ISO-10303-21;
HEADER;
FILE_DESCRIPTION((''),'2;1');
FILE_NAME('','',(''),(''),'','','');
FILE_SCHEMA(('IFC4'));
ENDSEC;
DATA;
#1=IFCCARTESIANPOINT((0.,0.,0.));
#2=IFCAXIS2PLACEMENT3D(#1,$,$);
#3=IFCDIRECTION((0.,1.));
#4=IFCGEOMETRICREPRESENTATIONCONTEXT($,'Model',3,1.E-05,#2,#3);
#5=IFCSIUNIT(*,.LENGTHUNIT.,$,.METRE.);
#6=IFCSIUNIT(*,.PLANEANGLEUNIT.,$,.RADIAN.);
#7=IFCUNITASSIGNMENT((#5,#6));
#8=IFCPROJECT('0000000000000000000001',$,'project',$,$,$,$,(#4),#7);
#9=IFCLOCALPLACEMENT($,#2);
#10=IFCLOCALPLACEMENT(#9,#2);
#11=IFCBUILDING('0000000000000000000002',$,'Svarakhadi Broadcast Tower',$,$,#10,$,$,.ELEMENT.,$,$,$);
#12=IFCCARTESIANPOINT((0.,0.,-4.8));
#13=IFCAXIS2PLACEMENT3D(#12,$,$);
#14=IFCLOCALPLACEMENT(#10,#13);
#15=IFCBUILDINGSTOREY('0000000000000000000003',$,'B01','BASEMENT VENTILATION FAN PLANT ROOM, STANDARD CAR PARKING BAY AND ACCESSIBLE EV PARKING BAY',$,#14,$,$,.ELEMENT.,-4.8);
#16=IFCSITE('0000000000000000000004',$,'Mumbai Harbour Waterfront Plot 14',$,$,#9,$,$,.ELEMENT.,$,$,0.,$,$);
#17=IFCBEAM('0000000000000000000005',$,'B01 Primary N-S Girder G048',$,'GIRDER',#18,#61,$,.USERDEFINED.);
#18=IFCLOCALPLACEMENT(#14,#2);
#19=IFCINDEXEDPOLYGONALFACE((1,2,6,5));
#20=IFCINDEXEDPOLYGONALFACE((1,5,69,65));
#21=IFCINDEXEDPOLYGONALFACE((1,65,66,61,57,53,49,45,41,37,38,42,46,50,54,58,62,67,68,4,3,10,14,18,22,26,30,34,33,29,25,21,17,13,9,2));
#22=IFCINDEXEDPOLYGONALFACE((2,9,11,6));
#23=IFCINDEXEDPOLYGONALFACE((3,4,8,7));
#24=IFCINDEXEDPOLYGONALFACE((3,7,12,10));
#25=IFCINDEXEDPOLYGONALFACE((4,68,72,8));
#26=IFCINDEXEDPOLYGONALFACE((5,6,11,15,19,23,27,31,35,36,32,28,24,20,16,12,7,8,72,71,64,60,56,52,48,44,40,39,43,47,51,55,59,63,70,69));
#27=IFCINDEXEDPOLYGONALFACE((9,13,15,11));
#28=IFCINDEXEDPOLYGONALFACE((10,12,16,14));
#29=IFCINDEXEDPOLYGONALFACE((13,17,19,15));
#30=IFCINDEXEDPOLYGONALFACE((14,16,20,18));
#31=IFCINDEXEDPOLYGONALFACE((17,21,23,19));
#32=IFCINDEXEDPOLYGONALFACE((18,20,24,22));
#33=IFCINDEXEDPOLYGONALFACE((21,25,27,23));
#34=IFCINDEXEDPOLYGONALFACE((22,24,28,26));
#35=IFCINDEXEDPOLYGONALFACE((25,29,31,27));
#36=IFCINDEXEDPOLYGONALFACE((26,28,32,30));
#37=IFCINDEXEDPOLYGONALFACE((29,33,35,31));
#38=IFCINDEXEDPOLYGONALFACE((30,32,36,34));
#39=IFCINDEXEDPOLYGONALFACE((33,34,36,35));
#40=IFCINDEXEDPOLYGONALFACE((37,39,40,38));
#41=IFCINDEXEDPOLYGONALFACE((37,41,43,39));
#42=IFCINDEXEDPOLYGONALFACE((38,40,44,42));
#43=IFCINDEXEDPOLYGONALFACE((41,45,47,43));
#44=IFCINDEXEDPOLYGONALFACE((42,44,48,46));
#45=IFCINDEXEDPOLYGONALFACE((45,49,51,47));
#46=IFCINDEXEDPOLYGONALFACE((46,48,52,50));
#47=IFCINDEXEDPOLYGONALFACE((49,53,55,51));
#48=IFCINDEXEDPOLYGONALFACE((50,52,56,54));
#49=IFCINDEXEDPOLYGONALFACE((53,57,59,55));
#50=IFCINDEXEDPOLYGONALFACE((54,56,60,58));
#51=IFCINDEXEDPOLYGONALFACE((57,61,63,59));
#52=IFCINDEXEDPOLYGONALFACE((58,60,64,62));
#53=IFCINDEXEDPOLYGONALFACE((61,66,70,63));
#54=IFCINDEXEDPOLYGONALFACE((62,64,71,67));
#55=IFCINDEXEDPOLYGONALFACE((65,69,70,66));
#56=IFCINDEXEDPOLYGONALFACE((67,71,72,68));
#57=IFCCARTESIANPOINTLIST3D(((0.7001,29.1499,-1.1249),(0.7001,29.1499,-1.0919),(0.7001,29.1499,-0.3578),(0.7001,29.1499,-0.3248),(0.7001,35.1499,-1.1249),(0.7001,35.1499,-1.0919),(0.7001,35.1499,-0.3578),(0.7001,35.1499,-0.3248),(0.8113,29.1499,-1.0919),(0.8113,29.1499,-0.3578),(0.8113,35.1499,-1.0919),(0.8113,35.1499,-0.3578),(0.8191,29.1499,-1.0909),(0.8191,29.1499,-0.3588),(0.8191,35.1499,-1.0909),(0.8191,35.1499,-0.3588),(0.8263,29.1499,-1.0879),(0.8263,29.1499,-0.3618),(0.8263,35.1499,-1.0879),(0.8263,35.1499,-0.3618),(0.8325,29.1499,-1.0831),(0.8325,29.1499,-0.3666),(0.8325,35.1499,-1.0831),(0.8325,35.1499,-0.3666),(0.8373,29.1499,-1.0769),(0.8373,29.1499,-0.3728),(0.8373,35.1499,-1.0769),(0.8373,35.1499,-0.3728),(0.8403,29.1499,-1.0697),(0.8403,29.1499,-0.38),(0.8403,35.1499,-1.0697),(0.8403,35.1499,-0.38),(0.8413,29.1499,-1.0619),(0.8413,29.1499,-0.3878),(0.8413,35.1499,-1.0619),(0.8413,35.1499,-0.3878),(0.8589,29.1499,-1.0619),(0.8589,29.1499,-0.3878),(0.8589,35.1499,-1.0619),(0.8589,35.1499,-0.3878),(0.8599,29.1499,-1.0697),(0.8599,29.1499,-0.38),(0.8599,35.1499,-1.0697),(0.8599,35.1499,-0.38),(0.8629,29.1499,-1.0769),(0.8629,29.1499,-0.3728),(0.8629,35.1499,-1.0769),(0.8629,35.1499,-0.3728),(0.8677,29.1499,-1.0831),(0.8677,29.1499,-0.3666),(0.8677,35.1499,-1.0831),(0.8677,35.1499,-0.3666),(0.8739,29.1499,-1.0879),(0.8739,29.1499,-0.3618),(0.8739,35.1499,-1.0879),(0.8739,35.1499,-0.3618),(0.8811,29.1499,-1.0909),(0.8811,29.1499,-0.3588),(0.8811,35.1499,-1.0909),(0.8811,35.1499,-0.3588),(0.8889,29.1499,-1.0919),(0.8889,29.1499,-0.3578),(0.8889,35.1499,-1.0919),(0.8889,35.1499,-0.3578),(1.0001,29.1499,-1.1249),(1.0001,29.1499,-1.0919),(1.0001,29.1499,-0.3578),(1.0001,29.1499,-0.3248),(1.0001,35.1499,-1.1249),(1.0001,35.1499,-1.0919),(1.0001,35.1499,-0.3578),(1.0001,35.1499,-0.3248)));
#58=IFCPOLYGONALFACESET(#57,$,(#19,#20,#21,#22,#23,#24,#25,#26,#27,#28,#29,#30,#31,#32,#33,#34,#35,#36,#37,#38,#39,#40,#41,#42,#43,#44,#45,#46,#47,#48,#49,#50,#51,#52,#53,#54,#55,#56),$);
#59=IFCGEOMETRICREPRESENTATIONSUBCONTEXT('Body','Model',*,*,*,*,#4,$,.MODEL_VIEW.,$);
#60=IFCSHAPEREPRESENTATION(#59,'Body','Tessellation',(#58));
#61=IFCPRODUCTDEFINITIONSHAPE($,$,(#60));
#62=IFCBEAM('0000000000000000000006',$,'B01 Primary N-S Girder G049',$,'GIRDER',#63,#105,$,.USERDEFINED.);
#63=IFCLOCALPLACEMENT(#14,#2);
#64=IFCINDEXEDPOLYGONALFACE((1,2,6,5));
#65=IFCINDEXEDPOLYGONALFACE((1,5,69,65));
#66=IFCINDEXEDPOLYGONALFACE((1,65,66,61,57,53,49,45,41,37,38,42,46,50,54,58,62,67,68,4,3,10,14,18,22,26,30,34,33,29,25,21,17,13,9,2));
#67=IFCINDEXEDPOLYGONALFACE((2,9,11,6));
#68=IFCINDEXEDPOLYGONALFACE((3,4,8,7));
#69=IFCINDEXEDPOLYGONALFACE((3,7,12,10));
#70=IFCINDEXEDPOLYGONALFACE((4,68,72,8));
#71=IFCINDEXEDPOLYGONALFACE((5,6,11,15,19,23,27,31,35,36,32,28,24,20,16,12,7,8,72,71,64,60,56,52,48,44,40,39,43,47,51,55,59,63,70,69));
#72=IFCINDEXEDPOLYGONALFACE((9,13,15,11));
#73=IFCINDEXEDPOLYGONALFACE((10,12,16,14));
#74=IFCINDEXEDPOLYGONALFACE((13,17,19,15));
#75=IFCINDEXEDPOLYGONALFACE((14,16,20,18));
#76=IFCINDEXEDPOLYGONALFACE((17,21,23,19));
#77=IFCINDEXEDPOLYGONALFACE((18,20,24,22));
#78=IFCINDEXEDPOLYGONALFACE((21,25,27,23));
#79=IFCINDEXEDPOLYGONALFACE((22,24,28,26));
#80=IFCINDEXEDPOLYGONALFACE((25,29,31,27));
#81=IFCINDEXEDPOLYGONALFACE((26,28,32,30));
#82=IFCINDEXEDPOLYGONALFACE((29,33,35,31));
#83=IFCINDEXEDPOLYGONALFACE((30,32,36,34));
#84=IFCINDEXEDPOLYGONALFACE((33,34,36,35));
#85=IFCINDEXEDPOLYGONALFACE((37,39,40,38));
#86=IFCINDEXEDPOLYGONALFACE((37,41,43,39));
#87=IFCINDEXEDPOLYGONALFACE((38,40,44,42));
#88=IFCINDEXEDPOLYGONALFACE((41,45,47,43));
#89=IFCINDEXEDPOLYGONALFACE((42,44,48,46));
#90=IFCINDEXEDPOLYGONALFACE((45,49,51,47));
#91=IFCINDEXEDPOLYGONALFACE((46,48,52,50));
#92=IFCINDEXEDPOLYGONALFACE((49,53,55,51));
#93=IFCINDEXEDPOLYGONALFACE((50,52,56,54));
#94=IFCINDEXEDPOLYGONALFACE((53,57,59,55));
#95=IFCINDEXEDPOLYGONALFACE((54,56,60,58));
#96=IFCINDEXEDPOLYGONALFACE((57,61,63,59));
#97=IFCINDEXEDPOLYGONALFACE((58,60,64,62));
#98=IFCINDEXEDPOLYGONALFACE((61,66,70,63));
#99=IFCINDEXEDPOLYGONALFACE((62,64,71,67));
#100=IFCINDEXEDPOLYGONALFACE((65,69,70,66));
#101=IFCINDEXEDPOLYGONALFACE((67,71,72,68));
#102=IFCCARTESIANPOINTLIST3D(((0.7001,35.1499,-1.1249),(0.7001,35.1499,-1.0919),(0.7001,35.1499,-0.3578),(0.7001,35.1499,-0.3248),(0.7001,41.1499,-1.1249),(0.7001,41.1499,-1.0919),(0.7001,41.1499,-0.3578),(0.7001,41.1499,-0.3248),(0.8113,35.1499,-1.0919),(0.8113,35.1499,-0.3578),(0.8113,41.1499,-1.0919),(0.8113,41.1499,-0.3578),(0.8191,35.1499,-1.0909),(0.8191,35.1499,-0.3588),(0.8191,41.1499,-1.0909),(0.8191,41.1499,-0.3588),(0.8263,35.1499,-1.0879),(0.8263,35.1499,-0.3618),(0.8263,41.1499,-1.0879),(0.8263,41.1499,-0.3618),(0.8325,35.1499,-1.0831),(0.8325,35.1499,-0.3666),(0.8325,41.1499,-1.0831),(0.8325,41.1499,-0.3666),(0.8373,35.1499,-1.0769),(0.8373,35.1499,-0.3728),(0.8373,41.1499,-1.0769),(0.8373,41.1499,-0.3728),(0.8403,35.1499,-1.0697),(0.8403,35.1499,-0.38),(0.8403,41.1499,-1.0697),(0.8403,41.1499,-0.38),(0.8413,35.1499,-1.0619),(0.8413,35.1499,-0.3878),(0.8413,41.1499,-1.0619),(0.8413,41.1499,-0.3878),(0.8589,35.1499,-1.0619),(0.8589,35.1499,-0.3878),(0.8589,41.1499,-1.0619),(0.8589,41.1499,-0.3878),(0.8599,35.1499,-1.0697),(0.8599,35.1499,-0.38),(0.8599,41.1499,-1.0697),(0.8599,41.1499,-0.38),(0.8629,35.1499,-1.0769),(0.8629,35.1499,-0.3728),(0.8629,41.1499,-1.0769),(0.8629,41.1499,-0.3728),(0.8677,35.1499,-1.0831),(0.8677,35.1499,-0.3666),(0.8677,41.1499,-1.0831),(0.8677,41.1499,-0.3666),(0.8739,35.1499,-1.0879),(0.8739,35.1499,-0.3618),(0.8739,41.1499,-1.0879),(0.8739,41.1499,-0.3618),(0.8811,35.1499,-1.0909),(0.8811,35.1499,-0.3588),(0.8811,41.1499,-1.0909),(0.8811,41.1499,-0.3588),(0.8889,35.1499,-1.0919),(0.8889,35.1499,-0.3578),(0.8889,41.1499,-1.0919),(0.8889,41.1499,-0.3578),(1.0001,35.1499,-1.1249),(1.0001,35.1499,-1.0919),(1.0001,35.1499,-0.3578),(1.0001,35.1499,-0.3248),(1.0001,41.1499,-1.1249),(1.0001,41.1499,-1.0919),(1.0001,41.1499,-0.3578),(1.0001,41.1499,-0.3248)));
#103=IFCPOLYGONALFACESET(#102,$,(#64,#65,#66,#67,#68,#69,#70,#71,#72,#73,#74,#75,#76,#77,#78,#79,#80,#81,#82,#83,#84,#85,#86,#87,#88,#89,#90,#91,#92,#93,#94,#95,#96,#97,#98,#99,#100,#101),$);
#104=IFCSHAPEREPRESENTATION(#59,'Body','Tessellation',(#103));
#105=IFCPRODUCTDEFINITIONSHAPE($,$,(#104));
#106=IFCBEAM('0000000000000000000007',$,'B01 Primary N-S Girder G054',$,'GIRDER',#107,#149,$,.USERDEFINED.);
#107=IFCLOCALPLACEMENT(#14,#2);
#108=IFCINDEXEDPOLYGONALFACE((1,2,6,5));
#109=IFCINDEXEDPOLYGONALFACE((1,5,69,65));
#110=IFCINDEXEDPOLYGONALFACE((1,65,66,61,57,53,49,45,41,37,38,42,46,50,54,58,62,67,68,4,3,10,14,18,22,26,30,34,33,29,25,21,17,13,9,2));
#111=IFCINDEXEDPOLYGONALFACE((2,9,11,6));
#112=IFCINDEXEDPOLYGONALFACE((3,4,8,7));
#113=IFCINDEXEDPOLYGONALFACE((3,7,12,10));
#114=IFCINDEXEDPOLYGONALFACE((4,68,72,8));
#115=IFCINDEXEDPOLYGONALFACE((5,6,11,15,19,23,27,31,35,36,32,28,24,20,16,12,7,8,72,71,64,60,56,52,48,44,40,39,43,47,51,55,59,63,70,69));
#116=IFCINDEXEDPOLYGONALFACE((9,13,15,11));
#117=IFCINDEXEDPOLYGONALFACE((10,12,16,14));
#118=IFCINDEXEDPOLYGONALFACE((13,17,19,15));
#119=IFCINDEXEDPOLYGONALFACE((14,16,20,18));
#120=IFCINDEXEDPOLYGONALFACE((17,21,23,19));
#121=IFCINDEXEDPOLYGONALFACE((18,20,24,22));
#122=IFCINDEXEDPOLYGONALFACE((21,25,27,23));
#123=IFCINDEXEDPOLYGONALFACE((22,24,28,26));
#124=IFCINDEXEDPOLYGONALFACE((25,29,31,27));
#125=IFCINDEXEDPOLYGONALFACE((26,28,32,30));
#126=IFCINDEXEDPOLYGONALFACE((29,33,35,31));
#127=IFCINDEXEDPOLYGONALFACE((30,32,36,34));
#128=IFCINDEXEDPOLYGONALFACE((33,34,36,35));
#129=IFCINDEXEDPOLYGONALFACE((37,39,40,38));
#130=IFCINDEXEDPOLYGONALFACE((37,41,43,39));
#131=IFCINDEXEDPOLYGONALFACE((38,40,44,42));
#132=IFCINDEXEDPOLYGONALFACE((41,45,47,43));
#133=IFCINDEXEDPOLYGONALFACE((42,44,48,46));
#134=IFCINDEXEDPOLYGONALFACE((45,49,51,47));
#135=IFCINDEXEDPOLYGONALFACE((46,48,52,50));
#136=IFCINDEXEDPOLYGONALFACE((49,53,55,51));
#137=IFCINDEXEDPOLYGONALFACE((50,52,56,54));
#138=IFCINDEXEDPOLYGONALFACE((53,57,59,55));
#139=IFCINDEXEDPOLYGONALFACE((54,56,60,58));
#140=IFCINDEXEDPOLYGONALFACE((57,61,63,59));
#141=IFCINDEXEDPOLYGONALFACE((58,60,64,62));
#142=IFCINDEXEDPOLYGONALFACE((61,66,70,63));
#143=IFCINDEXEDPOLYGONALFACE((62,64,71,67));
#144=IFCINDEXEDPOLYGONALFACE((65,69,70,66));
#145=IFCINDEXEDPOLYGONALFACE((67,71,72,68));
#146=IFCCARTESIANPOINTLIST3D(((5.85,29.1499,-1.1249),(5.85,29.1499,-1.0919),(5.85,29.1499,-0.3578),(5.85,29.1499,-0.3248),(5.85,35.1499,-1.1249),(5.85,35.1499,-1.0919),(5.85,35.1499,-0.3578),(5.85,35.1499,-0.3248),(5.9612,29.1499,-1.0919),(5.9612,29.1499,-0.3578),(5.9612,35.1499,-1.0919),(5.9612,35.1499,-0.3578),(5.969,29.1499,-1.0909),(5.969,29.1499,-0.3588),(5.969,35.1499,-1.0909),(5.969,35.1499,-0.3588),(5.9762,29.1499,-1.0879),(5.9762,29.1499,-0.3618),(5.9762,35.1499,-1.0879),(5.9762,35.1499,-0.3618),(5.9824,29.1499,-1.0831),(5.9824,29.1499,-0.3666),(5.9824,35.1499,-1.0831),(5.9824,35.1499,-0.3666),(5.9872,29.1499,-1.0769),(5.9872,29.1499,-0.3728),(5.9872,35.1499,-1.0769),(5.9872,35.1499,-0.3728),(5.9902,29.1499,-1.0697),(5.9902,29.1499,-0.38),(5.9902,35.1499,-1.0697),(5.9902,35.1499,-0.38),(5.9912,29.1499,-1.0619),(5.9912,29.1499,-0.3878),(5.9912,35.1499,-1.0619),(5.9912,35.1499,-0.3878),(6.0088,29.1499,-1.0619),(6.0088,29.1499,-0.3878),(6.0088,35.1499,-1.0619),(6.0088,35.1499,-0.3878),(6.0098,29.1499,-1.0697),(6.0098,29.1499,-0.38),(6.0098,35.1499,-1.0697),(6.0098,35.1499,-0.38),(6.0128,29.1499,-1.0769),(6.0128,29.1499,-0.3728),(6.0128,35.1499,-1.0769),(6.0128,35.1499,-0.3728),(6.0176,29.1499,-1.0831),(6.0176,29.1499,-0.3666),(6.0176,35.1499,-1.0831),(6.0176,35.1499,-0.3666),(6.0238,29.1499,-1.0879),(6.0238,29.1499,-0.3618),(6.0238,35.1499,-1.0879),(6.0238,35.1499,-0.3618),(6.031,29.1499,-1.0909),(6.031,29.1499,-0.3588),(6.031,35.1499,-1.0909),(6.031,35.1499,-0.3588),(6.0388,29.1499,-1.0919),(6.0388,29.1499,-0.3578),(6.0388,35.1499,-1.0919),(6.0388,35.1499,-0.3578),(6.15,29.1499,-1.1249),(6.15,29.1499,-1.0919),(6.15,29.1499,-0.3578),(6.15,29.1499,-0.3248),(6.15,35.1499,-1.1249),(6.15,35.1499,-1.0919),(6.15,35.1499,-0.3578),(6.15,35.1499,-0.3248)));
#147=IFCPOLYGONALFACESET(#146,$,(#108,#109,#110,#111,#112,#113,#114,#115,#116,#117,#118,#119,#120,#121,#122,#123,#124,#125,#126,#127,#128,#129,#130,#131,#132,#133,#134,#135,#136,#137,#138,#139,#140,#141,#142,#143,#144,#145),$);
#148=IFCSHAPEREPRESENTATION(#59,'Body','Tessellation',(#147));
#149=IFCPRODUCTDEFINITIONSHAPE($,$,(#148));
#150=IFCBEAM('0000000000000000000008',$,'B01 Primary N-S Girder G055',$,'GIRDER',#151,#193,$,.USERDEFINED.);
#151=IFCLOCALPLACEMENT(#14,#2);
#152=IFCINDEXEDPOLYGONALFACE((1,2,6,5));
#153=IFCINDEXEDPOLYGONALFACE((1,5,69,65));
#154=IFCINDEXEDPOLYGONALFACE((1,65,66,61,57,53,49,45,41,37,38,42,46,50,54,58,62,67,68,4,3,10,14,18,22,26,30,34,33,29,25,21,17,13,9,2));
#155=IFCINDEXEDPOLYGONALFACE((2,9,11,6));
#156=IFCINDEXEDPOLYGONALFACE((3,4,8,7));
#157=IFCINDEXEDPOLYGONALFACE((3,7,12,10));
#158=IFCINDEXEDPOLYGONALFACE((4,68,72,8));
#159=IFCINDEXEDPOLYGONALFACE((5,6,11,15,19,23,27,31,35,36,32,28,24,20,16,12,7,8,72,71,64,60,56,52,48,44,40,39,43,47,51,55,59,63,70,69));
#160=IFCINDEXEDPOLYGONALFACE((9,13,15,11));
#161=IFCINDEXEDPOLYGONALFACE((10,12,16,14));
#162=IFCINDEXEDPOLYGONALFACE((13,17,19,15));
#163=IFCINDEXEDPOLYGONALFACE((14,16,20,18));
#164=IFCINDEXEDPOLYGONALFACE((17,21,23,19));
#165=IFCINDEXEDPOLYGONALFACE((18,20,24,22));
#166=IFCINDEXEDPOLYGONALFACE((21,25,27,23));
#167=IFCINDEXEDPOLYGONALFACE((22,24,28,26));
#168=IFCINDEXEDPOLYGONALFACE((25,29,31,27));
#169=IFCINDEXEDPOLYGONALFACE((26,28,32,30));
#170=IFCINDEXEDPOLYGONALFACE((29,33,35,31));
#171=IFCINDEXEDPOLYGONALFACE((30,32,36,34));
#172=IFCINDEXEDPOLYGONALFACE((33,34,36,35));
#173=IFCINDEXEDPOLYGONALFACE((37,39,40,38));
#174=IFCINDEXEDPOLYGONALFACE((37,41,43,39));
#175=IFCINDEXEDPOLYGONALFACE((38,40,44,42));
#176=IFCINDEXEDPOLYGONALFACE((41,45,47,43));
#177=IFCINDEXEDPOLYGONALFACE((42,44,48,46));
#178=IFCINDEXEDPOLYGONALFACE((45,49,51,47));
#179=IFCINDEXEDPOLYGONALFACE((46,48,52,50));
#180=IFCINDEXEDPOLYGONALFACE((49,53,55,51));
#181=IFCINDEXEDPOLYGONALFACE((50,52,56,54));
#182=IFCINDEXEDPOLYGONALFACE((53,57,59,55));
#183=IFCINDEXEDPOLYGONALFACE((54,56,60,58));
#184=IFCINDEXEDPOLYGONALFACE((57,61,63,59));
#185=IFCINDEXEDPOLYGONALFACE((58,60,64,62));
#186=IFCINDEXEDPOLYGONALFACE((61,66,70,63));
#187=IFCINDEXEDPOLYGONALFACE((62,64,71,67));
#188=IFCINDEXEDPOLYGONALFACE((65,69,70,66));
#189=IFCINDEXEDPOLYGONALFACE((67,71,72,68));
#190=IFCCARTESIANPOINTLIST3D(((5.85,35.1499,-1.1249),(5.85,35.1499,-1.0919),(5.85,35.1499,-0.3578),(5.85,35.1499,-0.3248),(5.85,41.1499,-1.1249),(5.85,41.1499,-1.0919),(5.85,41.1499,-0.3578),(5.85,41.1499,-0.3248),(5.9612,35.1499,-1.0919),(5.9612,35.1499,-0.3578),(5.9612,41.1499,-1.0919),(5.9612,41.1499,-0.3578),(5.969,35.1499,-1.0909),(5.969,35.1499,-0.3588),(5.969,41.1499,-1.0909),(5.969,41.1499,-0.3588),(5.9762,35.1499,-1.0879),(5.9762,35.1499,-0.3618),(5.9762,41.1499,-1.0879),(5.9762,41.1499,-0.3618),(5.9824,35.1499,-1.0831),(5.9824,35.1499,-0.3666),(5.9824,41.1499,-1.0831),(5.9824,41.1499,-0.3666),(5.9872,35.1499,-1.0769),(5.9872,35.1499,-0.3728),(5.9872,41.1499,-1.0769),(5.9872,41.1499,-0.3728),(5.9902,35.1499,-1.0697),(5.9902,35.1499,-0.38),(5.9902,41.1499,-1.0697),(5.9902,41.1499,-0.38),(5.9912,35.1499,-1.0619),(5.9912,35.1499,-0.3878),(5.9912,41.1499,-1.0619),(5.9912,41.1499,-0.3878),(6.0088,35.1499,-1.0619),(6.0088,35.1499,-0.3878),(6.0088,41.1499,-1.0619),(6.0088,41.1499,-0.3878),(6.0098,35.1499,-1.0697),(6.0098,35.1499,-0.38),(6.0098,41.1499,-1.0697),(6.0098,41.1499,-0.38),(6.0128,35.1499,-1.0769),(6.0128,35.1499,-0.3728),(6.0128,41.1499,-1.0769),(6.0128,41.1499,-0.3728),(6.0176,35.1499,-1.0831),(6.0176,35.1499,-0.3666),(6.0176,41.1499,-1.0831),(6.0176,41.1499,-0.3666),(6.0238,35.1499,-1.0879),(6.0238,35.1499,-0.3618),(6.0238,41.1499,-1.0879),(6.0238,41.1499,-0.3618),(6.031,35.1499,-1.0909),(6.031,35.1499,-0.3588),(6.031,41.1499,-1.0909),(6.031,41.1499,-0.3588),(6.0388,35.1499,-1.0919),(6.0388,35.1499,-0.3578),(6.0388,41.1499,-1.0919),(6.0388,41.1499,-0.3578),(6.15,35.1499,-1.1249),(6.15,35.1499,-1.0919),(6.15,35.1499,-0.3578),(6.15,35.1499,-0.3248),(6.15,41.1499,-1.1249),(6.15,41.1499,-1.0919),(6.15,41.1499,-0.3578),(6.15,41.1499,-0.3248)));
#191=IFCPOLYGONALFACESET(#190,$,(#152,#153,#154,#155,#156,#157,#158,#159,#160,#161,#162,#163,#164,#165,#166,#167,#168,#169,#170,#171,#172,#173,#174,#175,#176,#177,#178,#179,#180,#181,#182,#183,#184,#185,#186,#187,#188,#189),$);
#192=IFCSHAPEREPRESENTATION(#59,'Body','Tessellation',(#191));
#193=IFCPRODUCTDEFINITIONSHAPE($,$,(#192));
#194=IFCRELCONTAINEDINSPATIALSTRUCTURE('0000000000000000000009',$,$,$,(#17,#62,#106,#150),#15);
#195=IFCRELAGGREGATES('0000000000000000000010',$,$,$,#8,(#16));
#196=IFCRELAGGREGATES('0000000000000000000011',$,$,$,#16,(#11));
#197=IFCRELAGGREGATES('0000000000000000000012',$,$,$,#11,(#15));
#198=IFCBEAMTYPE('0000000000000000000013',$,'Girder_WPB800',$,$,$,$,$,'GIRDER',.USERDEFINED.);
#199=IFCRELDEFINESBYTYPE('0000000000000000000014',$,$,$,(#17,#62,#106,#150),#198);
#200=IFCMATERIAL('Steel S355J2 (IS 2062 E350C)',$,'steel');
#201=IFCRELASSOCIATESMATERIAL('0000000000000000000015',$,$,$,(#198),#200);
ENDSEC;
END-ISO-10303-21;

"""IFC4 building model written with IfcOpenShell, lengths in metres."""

from ifc_helpers import new_model, si_unit, direction, frame, origin, origin_2d, place, context, subcontext, project, spatial, i_section, extrude, material, material_profile, profile_set, type_object, element, save


model = new_model("IFC4")

# Units and contexts
model_context = context("Model", 3, precision=1e-05, world=origin(), true_north=direction((0.0, 1.0)))
body_context = subcontext(model_context, "Body", "Model", "MODEL_VIEW")
ifc_project = project(units=[si_unit("LENGTHUNIT", "METRE"), si_unit("PLANEANGLEUNIT", "RADIAN")], contexts=[model_context])

# Site, building, storey
site_placement = place(None, origin())
site = spatial("IfcSite", under=ifc_project, at=site_placement, Name="Mumbai Harbour Waterfront Plot 14", CompositionType="ELEMENT", RefElevation=0.0)
building_placement = place(site_placement, origin())
building = spatial("IfcBuilding", under=site, at=building_placement, Name="Svarakhadi Broadcast Tower", CompositionType="ELEMENT")
storey_placement = place(building_placement, frame((0.0, 0.0, -4.8)))
storey = spatial("IfcBuildingStorey", under=building, at=storey_placement, Name="B01", Description="BASEMENT VENTILATION FAN PLANT ROOM, STANDARD CAR PARKING BAY AND ACCESSIBLE EV PARKING BAY", CompositionType="ELEMENT", Elevation=-4.8)

# Beams
ifc_material_1 = material(Name="Steel S355J2 (IS 2062 E350C)", Category="steel")
ifc_material_profile_1 = material_profile(ifc_material_1, i_section(OverallWidth=0.3, OverallDepth=0.8, WebThickness=0.0176, FlangeThickness=0.033, FilletRadius=0.03, at=origin_2d()), Name="WPB 800x300x262")
ifc_profile_set_1 = profile_set([ifc_material_profile_1], Name="Steel S355J2 (IS 2062 E350C)")
beam_type_1 = type_object("IfcBeamType", Name="Girder_WPB800", ElementType="GIRDER", PredefinedType="USERDEFINED", material=ifc_profile_set_1)
for number, where, z_axis, x_axis, name in (
    (1, (0.8501, 29.1499, -0.7249), (0.0, 1.0, 0.0), (-1.0, 0.0, 0.0), "B01 Primary N-S Girder G048"),
    (2, (0.8501, 35.1499, -0.7249), (0.0, 1.0, 0.0), (-1.0, 0.0, 0.0), "B01 Primary N-S Girder G049"),
    (3, (6.0, 29.1499, -0.7249), (0.0, 1.0, 0.0), (-1.0, 0.0, 0.0), "B01 Primary N-S Girder G054"),
    (4, (6.0, 35.1499, -0.7249), (0.0, 1.0, 0.0), (-1.0, 0.0, 0.0), "B01 Primary N-S Girder G055"),
):
    element("IfcBeam", number, at=place(storey_placement, frame(where, z_axis=z_axis, x_axis=x_axis)), inside=storey, type_object=beam_type_1, Name=name, ObjectType="GIRDER", PredefinedType="USERDEFINED", context=body_context, shape_type="SweptSolid", body=[
        extrude(i_section(OverallWidth=0.3, OverallDepth=0.8, WebThickness=0.0176, FlangeThickness=0.033, FilletRadius=0.03, at=origin_2d()), origin(), (0.0, 0.0, 1.0), 6.0),
    ])

save(model, "model.ifc")
